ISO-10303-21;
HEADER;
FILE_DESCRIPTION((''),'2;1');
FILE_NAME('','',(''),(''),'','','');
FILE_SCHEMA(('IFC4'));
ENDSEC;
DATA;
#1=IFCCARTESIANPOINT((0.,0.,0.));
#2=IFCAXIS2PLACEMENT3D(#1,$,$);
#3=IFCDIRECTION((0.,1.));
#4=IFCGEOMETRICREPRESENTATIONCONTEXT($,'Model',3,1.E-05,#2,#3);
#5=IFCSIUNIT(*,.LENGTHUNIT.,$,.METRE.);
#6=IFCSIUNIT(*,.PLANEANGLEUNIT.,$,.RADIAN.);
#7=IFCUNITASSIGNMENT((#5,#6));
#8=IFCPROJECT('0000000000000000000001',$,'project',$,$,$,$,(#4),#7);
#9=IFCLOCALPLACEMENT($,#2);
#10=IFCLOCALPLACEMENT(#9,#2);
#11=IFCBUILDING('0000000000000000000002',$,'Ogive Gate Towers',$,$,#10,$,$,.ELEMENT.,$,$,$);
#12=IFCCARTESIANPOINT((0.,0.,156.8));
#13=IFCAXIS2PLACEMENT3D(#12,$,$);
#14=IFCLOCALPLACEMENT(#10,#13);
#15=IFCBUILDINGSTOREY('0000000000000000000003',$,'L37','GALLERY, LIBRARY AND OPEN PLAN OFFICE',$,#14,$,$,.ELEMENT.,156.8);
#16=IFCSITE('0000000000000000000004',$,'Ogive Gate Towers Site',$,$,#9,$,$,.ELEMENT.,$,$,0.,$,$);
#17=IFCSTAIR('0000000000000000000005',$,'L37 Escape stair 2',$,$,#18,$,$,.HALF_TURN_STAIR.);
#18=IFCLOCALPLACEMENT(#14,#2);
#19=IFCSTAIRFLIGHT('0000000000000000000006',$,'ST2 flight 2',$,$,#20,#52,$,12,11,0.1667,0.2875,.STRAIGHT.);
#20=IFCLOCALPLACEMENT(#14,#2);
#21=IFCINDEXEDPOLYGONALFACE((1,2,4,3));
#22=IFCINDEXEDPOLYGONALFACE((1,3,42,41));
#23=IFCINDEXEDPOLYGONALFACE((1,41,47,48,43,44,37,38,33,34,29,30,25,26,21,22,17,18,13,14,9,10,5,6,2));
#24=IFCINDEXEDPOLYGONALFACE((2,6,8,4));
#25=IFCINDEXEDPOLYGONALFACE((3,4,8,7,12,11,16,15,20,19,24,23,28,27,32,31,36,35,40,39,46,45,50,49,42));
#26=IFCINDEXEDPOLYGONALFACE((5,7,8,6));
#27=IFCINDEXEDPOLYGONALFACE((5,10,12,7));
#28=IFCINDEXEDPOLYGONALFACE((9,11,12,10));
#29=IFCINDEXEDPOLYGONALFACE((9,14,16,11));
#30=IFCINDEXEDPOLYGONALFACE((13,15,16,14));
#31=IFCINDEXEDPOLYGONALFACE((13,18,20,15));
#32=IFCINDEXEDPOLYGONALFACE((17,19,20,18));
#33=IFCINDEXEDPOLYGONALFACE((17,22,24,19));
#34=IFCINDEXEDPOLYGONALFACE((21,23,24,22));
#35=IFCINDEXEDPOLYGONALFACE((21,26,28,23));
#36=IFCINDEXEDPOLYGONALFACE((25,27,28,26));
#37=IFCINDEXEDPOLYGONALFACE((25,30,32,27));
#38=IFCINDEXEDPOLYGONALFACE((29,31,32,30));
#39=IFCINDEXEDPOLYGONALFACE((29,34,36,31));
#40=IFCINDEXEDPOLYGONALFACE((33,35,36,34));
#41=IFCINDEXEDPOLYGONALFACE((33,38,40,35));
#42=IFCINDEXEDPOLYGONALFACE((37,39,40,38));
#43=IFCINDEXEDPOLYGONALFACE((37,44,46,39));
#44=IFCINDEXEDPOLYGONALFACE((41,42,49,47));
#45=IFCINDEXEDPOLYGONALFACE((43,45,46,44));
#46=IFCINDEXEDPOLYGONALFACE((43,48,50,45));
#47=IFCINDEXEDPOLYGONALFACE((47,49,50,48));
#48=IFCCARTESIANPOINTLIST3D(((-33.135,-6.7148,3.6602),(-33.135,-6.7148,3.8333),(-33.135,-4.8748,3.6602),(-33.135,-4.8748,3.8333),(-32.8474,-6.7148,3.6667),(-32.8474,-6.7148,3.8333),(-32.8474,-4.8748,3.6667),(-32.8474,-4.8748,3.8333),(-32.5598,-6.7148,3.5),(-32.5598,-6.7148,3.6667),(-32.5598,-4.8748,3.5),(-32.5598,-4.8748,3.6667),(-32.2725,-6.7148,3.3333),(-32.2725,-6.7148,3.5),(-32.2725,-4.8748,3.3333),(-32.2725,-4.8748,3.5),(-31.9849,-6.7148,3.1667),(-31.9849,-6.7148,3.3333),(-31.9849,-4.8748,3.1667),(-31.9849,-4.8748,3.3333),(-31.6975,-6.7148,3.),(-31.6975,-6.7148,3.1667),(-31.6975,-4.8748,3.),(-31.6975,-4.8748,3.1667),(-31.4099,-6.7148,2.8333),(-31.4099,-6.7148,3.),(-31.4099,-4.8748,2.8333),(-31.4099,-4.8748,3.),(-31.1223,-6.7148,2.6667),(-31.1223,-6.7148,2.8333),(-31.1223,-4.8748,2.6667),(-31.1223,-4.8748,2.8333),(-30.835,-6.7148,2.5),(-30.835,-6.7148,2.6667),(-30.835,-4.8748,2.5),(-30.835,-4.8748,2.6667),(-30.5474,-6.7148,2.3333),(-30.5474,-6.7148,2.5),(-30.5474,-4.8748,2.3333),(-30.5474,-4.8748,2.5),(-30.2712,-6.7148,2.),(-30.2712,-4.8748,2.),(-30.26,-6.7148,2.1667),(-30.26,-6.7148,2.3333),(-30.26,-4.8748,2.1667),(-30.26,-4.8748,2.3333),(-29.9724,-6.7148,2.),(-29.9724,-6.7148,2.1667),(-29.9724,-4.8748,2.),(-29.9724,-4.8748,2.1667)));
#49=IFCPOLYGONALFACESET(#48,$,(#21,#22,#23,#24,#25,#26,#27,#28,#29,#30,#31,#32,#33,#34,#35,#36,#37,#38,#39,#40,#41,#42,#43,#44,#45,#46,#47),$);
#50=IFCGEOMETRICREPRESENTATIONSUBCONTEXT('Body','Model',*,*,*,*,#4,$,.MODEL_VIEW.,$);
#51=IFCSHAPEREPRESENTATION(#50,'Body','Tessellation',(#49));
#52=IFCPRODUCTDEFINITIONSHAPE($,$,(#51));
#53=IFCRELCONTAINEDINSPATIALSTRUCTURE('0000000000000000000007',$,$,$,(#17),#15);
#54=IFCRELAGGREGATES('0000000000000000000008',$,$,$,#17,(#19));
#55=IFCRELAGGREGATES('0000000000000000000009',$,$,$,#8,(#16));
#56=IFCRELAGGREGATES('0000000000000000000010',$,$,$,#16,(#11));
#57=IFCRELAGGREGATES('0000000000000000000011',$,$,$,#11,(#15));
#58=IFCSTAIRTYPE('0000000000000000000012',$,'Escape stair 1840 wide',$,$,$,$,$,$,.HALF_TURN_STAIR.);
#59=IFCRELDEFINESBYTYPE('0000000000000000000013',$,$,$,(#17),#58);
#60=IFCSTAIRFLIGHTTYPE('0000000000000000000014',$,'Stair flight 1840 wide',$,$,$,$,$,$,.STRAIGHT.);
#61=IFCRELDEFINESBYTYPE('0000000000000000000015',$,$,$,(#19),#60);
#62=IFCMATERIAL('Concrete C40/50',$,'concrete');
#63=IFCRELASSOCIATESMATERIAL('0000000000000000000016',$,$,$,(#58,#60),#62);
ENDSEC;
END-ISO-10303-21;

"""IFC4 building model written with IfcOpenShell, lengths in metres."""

from ifc_helpers import new_model, si_unit, direction, frame, origin, place, context, subcontext, project, spatial, polyline, outline, extrude, material, type_object, element, aggregate, save


model = new_model("IFC4")

# Units and contexts
model_context = context("Model", 3, precision=1e-05, world=origin(), true_north=direction((0.0, 1.0)))
body_context = subcontext(model_context, "Body", "Model", "MODEL_VIEW")
ifc_project = project(units=[si_unit("LENGTHUNIT", "METRE"), si_unit("PLANEANGLEUNIT", "RADIAN")], contexts=[model_context])

# Site, building, storey
site_placement = place(None, origin())
site = spatial("IfcSite", under=ifc_project, at=site_placement, Name="Ogive Gate Towers Site", CompositionType="ELEMENT", RefElevation=0.0)
building_placement = place(site_placement, origin())
building = spatial("IfcBuilding", under=site, at=building_placement, Name="Ogive Gate Towers", CompositionType="ELEMENT")
storey_placement = place(building_placement, frame((0.0, 0.0, 156.8)))
storey = spatial("IfcBuildingStorey", under=building, at=storey_placement, Name="L37", Description="GALLERY, LIBRARY AND OPEN PLAN OFFICE", CompositionType="ELEMENT", Elevation=156.8)

# Stair, stair flight
ifc_material_1 = material(Name="Concrete C40/50", Category="concrete")
stair_type = type_object("IfcStairType", Name="Escape stair 1840 wide", PredefinedType="HALF_TURN_STAIR", material=ifc_material_1)
stair_placement = place(storey_placement, origin())
stair = element("IfcStair", 1, at=stair_placement, inside=storey, type_object=stair_type, Name="L37 Escape stair 2", PredefinedType="HALF_TURN_STAIR")
stair_flight_type = type_object("IfcStairFlightType", Name="Stair flight 1840 wide", PredefinedType="STRAIGHT", material=ifc_material_1)
stair_flight_1_placement = place(storey_placement, frame((-29.9724, -5.7949, 2.0), z_axis=(0.0, 0.0, 1.0), x_axis=(-1.0, 0.0, 0.0)))
stair_flight_1 = element("IfcStairFlight", 2, at=stair_flight_1_placement, type_object=stair_flight_type, Name="ST2 flight 2", NumberOfRisers=12, NumberOfTreads=11, PredefinedType="STRAIGHT", RiserHeight=0.1667, TreadLength=0.2875, context=body_context, shape_type="SweptSolid", body=[
    extrude(outline(polyline([(0.0, 0.0), (0.0, 0.1667), (0.2876, 0.1667), (0.2876, 0.3333), (0.575, 0.3333), (0.575, 0.5), (0.8625, 0.5), (0.8625, 0.6667), (1.1499, 0.6667), (1.1499, 0.8333), (1.4375, 0.8333), (1.4375, 1.0), (1.7251, 1.0), (1.7251, 1.1667), (2.0125, 1.1667), (2.0125, 1.3333), (2.3, 1.3333), (2.3, 1.5), (2.5874, 1.5), (2.5874, 1.6667), (2.875, 1.6667), (2.875, 1.8333), (3.1626, 1.8333), (3.1626, 2.0), (3.1626, 1.6602), (0.2988, 0.0), (0.0, 0.0)])), frame((0.0, 0.9199, 0.0), z_axis=(0.0, -1.0, 0.0), x_axis=(1.0, 0.0, 0.0)), (0.0, 0.0, 1.0), 1.8401),
])
aggregate(stair, [stair_flight_1])

save(model, "model.ifc")
